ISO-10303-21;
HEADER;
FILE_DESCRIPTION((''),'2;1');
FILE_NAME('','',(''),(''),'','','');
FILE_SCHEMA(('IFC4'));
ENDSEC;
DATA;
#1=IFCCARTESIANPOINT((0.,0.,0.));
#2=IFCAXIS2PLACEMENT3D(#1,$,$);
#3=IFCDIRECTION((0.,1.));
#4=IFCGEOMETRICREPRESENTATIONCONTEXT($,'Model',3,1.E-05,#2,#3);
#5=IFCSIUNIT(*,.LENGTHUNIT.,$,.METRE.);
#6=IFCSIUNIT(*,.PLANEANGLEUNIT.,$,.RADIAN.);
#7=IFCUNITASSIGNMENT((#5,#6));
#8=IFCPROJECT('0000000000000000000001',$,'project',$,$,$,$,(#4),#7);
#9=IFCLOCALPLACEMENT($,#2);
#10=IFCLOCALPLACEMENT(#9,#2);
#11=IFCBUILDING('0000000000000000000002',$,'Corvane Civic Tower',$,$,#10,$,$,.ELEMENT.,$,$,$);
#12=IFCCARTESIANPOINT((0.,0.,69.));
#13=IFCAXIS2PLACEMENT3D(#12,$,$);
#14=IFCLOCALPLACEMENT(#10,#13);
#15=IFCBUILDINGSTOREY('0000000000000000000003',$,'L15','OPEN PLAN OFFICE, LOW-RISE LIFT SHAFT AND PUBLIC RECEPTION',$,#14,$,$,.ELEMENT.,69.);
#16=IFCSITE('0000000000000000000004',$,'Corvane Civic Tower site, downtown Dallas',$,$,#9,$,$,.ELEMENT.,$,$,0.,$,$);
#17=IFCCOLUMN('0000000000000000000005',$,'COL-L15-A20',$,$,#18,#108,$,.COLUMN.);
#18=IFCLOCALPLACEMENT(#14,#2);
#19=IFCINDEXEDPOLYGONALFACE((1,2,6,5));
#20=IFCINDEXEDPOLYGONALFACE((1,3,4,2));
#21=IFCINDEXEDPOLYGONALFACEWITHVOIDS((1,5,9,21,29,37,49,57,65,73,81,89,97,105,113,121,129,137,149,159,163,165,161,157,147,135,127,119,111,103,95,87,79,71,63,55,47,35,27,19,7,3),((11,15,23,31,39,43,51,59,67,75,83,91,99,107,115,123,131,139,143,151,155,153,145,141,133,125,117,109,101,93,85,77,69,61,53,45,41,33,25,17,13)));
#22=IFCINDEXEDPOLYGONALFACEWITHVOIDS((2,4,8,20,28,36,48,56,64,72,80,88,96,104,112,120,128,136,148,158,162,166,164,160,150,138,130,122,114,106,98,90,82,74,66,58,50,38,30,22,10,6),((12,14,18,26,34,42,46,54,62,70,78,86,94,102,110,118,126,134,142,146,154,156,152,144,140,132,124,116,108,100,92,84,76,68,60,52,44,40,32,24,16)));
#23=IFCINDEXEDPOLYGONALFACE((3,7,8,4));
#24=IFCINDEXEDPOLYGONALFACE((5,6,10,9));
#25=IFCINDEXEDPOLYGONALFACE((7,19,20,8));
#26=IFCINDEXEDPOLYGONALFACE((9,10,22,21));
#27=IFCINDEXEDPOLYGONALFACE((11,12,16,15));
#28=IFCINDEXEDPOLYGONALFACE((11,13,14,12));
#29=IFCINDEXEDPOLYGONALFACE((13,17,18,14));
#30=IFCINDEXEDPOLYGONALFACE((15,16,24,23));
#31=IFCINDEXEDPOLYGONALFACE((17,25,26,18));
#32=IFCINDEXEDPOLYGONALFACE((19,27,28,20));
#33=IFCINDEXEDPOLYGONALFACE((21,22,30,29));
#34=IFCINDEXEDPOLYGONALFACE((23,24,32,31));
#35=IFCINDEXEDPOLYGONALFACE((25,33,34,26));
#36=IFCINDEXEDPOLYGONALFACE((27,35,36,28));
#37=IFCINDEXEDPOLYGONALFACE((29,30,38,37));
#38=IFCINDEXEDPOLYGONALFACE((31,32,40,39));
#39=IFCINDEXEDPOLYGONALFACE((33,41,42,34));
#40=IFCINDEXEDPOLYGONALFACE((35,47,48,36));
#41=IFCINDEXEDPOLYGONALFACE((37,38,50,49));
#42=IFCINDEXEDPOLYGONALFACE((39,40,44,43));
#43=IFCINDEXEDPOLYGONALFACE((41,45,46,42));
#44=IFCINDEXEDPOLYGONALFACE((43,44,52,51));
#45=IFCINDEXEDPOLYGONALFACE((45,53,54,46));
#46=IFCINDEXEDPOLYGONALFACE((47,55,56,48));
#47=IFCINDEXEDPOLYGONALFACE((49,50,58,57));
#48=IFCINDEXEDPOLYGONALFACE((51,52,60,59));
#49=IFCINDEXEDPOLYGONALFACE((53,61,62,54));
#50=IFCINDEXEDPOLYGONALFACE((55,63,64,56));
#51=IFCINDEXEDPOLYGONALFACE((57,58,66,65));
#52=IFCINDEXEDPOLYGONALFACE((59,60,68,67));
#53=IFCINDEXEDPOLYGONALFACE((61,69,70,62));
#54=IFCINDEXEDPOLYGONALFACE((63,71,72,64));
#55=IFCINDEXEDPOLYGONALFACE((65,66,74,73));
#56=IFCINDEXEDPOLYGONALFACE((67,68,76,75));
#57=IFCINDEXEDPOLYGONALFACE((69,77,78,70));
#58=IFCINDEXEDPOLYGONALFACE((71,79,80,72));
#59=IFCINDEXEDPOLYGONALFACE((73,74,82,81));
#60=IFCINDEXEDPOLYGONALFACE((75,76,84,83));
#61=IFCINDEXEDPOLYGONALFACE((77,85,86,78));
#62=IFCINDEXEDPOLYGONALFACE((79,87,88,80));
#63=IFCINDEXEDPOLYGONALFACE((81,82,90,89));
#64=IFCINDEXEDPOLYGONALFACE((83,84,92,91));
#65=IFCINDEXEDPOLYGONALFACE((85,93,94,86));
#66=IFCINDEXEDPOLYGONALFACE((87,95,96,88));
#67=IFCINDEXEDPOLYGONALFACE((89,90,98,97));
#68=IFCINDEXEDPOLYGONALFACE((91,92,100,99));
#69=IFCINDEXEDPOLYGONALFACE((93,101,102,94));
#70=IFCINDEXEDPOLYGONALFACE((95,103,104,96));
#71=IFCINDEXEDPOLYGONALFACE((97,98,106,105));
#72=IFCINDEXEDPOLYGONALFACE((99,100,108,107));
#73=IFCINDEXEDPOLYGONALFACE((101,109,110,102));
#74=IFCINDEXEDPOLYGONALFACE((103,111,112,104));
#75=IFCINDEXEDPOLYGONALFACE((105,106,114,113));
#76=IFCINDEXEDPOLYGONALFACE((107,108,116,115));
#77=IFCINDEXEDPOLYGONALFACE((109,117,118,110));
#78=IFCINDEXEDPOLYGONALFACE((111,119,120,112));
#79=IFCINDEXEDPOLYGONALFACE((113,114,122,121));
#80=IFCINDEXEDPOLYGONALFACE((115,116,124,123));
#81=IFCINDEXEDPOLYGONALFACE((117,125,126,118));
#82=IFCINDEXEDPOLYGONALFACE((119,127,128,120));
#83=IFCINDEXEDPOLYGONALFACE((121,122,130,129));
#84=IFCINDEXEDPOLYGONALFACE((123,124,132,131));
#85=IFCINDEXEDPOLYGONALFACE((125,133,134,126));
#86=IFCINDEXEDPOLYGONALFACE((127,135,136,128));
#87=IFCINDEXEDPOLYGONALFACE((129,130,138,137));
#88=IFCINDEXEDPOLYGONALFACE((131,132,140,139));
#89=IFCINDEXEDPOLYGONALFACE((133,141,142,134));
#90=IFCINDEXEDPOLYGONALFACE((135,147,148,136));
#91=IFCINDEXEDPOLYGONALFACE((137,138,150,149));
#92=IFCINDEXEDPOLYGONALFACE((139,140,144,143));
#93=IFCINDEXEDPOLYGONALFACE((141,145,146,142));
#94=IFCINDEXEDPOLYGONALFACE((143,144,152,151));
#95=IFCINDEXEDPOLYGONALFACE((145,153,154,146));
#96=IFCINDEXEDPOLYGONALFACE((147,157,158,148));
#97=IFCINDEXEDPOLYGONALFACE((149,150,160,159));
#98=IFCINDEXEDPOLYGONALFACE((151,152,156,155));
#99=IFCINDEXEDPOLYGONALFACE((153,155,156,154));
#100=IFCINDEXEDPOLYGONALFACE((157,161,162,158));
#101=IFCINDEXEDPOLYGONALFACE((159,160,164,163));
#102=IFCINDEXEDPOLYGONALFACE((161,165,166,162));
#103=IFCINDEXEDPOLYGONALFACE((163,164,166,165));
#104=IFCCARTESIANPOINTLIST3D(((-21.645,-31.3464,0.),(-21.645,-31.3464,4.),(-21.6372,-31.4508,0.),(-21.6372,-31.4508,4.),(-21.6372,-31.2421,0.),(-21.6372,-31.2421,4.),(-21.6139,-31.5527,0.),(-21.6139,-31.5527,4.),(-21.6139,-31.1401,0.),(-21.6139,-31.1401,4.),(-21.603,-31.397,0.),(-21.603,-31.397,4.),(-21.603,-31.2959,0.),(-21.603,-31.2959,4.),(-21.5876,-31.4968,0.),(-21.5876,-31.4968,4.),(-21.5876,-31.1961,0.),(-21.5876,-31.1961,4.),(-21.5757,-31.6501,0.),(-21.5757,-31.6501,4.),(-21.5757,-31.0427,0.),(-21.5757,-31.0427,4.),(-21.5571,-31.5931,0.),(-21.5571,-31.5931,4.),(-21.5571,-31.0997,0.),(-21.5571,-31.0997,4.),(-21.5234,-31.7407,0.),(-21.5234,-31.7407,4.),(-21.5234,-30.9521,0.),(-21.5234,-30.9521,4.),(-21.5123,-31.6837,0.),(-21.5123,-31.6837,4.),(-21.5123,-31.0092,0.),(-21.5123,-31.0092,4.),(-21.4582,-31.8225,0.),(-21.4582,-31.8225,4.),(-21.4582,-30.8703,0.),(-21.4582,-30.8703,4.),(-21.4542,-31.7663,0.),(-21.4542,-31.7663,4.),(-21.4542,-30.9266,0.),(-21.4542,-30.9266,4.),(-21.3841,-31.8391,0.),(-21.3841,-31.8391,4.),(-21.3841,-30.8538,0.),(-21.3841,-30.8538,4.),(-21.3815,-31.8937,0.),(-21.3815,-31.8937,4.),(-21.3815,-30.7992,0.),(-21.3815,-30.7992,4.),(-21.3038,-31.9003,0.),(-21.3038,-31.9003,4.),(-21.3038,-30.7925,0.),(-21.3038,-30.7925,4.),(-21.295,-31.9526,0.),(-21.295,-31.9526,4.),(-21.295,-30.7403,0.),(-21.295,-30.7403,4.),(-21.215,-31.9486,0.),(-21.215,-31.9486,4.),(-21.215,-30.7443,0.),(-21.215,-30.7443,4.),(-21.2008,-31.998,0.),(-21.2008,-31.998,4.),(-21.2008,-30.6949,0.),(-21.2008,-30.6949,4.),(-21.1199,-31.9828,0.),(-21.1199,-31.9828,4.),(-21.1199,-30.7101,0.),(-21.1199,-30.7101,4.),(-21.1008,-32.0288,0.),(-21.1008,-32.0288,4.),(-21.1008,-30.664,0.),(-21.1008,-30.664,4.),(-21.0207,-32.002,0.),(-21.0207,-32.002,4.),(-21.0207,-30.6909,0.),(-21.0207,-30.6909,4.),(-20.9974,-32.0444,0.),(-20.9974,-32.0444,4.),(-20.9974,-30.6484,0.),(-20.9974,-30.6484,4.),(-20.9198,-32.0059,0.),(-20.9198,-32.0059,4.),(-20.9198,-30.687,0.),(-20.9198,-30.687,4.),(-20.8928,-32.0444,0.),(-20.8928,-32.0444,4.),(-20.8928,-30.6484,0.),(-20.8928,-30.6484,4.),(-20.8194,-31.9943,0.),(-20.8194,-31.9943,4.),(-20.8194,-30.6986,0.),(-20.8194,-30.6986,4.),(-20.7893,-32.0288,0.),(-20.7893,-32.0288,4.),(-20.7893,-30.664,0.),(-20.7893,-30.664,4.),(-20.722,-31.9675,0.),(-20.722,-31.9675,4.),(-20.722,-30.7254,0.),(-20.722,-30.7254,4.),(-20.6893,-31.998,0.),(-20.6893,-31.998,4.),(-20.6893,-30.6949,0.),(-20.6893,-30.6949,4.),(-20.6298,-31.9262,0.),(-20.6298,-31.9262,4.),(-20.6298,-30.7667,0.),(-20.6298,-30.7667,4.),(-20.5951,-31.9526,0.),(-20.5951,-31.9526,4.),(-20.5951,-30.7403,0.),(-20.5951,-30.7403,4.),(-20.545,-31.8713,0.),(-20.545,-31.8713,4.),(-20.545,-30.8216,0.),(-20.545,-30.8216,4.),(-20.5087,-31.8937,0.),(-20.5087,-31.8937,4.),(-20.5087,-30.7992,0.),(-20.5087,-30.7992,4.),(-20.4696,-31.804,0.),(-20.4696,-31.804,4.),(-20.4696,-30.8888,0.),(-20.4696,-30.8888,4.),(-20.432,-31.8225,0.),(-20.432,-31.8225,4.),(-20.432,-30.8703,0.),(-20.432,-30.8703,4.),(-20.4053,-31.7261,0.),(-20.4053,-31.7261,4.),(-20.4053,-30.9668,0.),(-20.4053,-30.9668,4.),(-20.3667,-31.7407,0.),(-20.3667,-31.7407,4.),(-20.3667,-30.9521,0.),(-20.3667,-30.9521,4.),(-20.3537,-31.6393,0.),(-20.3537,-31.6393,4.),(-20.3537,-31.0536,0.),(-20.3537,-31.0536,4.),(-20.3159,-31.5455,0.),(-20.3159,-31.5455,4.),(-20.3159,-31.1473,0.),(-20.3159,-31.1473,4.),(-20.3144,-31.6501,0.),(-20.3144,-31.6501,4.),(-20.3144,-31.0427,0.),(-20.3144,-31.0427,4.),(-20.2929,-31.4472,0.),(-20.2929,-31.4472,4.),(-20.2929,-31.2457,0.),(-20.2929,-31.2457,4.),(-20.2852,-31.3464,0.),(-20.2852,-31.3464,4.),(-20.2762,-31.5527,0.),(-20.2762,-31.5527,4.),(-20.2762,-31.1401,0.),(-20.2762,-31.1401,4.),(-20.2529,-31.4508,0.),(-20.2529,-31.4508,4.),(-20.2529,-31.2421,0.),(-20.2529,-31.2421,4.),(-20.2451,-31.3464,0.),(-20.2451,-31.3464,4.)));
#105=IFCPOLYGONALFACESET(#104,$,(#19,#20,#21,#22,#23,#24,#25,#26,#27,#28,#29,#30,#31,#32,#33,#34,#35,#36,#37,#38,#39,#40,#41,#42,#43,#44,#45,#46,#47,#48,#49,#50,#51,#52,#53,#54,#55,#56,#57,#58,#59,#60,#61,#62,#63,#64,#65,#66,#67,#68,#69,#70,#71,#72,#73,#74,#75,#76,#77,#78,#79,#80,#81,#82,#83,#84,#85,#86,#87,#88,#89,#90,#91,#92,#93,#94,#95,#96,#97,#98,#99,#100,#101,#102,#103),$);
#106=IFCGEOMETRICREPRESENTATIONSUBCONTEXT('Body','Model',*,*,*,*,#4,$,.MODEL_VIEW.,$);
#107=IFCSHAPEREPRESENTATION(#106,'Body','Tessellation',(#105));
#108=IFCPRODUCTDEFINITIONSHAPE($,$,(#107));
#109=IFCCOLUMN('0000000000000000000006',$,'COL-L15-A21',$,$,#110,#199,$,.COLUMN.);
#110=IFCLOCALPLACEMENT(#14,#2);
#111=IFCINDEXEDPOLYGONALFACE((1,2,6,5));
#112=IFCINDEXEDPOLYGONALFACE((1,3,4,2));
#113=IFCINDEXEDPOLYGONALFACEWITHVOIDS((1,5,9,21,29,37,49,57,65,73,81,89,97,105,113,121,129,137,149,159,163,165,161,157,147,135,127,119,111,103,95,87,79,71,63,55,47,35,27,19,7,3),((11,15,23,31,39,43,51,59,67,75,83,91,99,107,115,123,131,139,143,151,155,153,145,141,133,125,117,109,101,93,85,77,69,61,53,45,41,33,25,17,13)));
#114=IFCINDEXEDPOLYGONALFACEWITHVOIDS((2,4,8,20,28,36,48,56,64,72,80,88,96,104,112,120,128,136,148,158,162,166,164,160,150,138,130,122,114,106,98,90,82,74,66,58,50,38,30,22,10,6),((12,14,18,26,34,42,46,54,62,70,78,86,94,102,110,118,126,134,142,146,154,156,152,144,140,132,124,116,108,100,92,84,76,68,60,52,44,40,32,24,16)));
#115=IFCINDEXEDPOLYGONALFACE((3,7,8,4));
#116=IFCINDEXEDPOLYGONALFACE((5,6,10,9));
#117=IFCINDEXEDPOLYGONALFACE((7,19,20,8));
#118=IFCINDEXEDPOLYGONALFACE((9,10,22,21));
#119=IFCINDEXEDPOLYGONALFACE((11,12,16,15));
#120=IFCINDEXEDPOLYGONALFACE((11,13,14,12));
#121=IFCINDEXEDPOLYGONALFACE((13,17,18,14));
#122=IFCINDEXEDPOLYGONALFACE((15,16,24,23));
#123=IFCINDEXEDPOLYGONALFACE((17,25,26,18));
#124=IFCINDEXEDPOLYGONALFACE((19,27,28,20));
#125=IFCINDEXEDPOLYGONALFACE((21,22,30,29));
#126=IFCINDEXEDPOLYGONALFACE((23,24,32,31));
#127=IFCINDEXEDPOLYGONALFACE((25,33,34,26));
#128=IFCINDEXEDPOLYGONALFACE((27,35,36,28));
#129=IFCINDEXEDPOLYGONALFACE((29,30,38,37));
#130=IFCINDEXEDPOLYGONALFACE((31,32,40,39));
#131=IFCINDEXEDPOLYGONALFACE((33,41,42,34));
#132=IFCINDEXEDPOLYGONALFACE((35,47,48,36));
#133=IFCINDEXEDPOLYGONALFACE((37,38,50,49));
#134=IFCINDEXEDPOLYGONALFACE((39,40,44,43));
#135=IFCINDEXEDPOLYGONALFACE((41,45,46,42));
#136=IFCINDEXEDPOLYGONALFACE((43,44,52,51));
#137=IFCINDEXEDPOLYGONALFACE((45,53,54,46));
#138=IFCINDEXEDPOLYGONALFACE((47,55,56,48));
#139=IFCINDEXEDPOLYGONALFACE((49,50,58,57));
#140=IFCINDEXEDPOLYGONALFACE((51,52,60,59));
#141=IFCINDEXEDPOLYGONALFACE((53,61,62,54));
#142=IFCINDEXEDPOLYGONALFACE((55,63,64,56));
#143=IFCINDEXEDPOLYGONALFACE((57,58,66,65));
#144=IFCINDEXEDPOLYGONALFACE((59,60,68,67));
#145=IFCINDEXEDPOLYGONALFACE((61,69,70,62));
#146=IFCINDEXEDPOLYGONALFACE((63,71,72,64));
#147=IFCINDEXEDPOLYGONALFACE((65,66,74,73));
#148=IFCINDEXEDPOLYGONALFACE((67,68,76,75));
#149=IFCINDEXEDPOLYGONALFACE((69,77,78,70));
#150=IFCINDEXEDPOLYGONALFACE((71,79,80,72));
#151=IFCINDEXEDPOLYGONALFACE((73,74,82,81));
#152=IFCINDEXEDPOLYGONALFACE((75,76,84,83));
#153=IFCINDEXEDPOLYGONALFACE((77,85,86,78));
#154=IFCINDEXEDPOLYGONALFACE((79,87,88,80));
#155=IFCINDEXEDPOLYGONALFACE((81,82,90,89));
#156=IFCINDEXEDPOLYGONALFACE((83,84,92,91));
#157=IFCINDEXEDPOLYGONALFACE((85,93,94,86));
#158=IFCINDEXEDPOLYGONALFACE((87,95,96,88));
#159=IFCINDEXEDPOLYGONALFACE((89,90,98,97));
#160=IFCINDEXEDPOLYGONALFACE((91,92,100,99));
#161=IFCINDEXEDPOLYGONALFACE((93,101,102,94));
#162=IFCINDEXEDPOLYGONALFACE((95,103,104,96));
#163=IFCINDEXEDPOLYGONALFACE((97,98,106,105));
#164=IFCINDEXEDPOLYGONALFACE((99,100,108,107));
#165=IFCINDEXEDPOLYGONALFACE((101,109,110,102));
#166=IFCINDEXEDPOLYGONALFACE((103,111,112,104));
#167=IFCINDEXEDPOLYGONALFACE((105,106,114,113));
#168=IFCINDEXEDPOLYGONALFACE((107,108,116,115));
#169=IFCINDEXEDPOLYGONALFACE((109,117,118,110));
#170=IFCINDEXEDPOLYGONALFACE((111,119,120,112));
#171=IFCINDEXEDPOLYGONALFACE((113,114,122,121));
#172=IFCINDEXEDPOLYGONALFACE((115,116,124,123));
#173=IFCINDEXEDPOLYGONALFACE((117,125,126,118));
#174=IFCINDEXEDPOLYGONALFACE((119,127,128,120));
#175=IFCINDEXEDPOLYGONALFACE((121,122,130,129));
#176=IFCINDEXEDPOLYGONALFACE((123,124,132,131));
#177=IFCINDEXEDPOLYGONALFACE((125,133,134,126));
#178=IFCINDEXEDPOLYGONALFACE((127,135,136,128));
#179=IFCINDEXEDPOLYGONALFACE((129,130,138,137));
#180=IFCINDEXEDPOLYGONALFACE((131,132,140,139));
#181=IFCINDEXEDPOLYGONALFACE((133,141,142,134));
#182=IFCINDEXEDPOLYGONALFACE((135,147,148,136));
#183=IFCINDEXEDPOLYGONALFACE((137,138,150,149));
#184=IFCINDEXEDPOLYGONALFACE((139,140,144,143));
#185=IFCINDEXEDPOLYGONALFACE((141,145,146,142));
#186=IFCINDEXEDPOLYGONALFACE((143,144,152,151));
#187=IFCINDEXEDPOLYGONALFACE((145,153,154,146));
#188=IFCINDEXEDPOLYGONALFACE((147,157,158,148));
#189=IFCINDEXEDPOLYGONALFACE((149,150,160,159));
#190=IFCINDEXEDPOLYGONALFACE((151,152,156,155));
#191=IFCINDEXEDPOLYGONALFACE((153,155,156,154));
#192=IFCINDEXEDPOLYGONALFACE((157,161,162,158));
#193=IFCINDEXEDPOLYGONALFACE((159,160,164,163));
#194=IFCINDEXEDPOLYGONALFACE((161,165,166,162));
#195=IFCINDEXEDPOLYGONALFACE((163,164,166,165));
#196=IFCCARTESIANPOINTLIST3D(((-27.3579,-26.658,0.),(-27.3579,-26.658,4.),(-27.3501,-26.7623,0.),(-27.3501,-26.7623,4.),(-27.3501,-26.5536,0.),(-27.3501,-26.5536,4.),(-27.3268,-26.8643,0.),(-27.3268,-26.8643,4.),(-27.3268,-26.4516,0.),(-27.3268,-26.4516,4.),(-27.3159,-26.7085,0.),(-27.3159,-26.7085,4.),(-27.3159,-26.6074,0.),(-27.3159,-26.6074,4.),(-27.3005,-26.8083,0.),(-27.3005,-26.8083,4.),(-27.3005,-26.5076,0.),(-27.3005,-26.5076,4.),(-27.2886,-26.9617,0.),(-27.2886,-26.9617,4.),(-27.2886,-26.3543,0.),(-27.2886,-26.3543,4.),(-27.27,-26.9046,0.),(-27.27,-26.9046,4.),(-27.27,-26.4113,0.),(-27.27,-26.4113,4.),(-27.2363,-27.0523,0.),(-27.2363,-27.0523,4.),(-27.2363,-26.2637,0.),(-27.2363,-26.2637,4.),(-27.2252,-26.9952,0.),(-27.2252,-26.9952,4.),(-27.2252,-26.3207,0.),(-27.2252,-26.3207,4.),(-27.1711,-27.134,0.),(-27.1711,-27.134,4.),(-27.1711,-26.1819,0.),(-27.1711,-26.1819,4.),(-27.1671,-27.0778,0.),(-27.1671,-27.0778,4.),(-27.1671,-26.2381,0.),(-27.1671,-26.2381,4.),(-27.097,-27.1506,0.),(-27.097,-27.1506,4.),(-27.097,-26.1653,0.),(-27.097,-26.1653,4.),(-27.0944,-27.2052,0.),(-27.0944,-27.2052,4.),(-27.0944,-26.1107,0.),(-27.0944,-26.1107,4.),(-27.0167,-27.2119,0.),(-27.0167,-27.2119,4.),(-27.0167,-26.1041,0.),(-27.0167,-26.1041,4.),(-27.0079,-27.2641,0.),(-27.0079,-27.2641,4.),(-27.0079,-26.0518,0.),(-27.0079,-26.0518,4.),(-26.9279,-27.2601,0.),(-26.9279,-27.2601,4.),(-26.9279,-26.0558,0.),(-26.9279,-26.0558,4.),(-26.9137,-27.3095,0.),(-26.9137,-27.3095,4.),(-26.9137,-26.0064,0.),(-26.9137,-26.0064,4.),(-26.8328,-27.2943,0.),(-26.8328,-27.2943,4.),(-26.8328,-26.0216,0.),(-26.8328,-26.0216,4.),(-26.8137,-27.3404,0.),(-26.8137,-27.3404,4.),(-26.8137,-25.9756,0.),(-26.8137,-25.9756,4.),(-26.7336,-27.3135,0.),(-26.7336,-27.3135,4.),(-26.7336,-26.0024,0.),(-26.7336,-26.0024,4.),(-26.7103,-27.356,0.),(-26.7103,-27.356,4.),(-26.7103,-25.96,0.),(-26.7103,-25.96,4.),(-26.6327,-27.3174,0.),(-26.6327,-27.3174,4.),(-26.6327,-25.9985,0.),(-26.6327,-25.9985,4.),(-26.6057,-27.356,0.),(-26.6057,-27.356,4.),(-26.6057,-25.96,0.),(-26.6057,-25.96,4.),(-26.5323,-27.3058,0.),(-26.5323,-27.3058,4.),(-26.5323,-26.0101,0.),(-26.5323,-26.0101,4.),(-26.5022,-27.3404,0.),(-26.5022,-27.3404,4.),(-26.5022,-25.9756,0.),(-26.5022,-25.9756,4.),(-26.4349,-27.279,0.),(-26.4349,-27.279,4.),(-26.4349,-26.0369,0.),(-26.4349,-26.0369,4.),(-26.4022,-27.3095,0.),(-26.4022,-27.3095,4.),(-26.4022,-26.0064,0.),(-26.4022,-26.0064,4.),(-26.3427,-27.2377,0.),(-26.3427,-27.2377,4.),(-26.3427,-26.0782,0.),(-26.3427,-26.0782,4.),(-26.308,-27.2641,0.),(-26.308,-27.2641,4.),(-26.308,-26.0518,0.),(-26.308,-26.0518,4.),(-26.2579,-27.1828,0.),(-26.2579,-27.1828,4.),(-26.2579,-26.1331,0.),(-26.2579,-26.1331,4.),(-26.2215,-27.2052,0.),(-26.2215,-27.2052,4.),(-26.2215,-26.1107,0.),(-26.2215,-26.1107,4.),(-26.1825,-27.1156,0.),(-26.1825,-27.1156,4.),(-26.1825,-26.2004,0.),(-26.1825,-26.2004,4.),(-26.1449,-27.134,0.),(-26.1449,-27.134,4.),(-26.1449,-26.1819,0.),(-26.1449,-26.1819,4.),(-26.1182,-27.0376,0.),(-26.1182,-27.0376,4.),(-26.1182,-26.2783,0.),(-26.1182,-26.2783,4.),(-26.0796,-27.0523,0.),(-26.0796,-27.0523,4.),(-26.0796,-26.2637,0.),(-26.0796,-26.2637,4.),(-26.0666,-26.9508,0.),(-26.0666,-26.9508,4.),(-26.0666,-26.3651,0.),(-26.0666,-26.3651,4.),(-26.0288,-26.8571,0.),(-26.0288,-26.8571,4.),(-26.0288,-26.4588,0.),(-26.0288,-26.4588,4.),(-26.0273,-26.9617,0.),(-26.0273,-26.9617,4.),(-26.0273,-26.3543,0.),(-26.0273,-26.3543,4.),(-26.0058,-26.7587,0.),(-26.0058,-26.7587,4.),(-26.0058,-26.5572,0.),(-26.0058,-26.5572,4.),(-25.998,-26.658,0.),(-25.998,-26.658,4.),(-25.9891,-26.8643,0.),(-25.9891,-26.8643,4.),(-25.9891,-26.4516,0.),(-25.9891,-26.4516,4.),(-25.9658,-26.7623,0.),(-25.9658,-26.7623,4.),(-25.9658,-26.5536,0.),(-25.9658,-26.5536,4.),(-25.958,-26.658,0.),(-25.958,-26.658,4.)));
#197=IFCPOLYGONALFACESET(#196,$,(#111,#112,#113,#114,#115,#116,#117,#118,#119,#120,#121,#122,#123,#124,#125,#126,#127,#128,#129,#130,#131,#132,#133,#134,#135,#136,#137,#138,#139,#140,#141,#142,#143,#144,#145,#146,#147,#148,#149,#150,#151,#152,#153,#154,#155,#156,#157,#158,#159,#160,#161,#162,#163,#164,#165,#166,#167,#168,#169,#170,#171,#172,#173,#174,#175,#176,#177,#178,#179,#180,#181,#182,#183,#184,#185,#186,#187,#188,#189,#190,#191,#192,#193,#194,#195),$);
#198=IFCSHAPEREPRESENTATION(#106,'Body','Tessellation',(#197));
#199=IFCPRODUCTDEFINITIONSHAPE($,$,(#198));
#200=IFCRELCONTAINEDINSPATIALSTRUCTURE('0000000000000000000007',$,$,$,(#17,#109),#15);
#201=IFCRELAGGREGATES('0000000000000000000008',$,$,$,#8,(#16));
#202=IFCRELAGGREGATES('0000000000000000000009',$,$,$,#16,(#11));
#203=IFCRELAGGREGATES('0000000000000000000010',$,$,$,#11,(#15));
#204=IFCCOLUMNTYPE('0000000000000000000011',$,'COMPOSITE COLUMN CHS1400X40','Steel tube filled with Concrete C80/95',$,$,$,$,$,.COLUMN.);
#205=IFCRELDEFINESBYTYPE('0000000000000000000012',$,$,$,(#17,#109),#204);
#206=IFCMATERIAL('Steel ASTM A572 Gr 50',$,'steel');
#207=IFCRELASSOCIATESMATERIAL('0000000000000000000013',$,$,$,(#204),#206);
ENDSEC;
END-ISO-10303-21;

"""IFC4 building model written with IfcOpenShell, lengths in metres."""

from ifc_helpers import new_model, si_unit, direction, frame, origin, origin_2d, place, context, subcontext, project, spatial, hollow_circle, extrude, material, material_profile, profile_set, type_object, element, save


model = new_model("IFC4")

# Units and contexts
model_context = context("Model", 3, precision=1e-05, world=origin(), true_north=direction((0.0, 1.0)))
body_context = subcontext(model_context, "Body", "Model", "MODEL_VIEW")
ifc_project = project(units=[si_unit("LENGTHUNIT", "METRE"), si_unit("PLANEANGLEUNIT", "RADIAN")], contexts=[model_context])

# Site, building, storey
site_placement = place(None, origin())
site = spatial("IfcSite", under=ifc_project, at=site_placement, Name="Corvane Civic Tower site, downtown Dallas", CompositionType="ELEMENT", RefElevation=0.0)
building_placement = place(site_placement, origin())
building = spatial("IfcBuilding", under=site, at=building_placement, Name="Corvane Civic Tower", CompositionType="ELEMENT")
storey_placement = place(building_placement, frame((0.0, 0.0, 69.0)))
storey = spatial("IfcBuildingStorey", under=building, at=storey_placement, Name="L15", Description="OPEN PLAN OFFICE, LOW-RISE LIFT SHAFT AND PUBLIC RECEPTION", CompositionType="ELEMENT", Elevation=69.0)

# Columns
ifc_material_1 = material(Name="Steel ASTM A572 Gr 50", Category="steel")
ifc_material_profile_1 = material_profile(ifc_material_1, hollow_circle(Radius=0.7, WallThickness=0.04, at=origin_2d()), Name="CHS1400X40")
ifc_profile_set_1 = profile_set([ifc_material_profile_1], Name="Steel ASTM A572 Gr 50")
column_type = type_object("IfcColumnType", Name="COMPOSITE COLUMN CHS1400X40", Description="Steel tube filled with Concrete C80/95", PredefinedType="COLUMN", material=ifc_profile_set_1)
for number, where, z_axis, x_axis, name in (
    (1, (-20.9451, -31.3464, 0.0), (0.0, 0.0, 1.0), (1.0, 0.0, 0.0), "COL-L15-A20"),
    (2, (-26.658, -26.658, 0.0), (0.0, 0.0, 1.0), (1.0, 0.0, 0.0), "COL-L15-A21"),
):
    element("IfcColumn", number, at=place(storey_placement, frame(where, z_axis=z_axis, x_axis=x_axis)), inside=storey, type_object=column_type, Name=name, PredefinedType="COLUMN", context=body_context, shape_type="SweptSolid", body=[
        extrude(hollow_circle(Radius=0.7, WallThickness=0.04, at=origin_2d()), origin(), (0.0, 0.0, 1.0), 4.0),
    ])

save(model, "model.ifc")
